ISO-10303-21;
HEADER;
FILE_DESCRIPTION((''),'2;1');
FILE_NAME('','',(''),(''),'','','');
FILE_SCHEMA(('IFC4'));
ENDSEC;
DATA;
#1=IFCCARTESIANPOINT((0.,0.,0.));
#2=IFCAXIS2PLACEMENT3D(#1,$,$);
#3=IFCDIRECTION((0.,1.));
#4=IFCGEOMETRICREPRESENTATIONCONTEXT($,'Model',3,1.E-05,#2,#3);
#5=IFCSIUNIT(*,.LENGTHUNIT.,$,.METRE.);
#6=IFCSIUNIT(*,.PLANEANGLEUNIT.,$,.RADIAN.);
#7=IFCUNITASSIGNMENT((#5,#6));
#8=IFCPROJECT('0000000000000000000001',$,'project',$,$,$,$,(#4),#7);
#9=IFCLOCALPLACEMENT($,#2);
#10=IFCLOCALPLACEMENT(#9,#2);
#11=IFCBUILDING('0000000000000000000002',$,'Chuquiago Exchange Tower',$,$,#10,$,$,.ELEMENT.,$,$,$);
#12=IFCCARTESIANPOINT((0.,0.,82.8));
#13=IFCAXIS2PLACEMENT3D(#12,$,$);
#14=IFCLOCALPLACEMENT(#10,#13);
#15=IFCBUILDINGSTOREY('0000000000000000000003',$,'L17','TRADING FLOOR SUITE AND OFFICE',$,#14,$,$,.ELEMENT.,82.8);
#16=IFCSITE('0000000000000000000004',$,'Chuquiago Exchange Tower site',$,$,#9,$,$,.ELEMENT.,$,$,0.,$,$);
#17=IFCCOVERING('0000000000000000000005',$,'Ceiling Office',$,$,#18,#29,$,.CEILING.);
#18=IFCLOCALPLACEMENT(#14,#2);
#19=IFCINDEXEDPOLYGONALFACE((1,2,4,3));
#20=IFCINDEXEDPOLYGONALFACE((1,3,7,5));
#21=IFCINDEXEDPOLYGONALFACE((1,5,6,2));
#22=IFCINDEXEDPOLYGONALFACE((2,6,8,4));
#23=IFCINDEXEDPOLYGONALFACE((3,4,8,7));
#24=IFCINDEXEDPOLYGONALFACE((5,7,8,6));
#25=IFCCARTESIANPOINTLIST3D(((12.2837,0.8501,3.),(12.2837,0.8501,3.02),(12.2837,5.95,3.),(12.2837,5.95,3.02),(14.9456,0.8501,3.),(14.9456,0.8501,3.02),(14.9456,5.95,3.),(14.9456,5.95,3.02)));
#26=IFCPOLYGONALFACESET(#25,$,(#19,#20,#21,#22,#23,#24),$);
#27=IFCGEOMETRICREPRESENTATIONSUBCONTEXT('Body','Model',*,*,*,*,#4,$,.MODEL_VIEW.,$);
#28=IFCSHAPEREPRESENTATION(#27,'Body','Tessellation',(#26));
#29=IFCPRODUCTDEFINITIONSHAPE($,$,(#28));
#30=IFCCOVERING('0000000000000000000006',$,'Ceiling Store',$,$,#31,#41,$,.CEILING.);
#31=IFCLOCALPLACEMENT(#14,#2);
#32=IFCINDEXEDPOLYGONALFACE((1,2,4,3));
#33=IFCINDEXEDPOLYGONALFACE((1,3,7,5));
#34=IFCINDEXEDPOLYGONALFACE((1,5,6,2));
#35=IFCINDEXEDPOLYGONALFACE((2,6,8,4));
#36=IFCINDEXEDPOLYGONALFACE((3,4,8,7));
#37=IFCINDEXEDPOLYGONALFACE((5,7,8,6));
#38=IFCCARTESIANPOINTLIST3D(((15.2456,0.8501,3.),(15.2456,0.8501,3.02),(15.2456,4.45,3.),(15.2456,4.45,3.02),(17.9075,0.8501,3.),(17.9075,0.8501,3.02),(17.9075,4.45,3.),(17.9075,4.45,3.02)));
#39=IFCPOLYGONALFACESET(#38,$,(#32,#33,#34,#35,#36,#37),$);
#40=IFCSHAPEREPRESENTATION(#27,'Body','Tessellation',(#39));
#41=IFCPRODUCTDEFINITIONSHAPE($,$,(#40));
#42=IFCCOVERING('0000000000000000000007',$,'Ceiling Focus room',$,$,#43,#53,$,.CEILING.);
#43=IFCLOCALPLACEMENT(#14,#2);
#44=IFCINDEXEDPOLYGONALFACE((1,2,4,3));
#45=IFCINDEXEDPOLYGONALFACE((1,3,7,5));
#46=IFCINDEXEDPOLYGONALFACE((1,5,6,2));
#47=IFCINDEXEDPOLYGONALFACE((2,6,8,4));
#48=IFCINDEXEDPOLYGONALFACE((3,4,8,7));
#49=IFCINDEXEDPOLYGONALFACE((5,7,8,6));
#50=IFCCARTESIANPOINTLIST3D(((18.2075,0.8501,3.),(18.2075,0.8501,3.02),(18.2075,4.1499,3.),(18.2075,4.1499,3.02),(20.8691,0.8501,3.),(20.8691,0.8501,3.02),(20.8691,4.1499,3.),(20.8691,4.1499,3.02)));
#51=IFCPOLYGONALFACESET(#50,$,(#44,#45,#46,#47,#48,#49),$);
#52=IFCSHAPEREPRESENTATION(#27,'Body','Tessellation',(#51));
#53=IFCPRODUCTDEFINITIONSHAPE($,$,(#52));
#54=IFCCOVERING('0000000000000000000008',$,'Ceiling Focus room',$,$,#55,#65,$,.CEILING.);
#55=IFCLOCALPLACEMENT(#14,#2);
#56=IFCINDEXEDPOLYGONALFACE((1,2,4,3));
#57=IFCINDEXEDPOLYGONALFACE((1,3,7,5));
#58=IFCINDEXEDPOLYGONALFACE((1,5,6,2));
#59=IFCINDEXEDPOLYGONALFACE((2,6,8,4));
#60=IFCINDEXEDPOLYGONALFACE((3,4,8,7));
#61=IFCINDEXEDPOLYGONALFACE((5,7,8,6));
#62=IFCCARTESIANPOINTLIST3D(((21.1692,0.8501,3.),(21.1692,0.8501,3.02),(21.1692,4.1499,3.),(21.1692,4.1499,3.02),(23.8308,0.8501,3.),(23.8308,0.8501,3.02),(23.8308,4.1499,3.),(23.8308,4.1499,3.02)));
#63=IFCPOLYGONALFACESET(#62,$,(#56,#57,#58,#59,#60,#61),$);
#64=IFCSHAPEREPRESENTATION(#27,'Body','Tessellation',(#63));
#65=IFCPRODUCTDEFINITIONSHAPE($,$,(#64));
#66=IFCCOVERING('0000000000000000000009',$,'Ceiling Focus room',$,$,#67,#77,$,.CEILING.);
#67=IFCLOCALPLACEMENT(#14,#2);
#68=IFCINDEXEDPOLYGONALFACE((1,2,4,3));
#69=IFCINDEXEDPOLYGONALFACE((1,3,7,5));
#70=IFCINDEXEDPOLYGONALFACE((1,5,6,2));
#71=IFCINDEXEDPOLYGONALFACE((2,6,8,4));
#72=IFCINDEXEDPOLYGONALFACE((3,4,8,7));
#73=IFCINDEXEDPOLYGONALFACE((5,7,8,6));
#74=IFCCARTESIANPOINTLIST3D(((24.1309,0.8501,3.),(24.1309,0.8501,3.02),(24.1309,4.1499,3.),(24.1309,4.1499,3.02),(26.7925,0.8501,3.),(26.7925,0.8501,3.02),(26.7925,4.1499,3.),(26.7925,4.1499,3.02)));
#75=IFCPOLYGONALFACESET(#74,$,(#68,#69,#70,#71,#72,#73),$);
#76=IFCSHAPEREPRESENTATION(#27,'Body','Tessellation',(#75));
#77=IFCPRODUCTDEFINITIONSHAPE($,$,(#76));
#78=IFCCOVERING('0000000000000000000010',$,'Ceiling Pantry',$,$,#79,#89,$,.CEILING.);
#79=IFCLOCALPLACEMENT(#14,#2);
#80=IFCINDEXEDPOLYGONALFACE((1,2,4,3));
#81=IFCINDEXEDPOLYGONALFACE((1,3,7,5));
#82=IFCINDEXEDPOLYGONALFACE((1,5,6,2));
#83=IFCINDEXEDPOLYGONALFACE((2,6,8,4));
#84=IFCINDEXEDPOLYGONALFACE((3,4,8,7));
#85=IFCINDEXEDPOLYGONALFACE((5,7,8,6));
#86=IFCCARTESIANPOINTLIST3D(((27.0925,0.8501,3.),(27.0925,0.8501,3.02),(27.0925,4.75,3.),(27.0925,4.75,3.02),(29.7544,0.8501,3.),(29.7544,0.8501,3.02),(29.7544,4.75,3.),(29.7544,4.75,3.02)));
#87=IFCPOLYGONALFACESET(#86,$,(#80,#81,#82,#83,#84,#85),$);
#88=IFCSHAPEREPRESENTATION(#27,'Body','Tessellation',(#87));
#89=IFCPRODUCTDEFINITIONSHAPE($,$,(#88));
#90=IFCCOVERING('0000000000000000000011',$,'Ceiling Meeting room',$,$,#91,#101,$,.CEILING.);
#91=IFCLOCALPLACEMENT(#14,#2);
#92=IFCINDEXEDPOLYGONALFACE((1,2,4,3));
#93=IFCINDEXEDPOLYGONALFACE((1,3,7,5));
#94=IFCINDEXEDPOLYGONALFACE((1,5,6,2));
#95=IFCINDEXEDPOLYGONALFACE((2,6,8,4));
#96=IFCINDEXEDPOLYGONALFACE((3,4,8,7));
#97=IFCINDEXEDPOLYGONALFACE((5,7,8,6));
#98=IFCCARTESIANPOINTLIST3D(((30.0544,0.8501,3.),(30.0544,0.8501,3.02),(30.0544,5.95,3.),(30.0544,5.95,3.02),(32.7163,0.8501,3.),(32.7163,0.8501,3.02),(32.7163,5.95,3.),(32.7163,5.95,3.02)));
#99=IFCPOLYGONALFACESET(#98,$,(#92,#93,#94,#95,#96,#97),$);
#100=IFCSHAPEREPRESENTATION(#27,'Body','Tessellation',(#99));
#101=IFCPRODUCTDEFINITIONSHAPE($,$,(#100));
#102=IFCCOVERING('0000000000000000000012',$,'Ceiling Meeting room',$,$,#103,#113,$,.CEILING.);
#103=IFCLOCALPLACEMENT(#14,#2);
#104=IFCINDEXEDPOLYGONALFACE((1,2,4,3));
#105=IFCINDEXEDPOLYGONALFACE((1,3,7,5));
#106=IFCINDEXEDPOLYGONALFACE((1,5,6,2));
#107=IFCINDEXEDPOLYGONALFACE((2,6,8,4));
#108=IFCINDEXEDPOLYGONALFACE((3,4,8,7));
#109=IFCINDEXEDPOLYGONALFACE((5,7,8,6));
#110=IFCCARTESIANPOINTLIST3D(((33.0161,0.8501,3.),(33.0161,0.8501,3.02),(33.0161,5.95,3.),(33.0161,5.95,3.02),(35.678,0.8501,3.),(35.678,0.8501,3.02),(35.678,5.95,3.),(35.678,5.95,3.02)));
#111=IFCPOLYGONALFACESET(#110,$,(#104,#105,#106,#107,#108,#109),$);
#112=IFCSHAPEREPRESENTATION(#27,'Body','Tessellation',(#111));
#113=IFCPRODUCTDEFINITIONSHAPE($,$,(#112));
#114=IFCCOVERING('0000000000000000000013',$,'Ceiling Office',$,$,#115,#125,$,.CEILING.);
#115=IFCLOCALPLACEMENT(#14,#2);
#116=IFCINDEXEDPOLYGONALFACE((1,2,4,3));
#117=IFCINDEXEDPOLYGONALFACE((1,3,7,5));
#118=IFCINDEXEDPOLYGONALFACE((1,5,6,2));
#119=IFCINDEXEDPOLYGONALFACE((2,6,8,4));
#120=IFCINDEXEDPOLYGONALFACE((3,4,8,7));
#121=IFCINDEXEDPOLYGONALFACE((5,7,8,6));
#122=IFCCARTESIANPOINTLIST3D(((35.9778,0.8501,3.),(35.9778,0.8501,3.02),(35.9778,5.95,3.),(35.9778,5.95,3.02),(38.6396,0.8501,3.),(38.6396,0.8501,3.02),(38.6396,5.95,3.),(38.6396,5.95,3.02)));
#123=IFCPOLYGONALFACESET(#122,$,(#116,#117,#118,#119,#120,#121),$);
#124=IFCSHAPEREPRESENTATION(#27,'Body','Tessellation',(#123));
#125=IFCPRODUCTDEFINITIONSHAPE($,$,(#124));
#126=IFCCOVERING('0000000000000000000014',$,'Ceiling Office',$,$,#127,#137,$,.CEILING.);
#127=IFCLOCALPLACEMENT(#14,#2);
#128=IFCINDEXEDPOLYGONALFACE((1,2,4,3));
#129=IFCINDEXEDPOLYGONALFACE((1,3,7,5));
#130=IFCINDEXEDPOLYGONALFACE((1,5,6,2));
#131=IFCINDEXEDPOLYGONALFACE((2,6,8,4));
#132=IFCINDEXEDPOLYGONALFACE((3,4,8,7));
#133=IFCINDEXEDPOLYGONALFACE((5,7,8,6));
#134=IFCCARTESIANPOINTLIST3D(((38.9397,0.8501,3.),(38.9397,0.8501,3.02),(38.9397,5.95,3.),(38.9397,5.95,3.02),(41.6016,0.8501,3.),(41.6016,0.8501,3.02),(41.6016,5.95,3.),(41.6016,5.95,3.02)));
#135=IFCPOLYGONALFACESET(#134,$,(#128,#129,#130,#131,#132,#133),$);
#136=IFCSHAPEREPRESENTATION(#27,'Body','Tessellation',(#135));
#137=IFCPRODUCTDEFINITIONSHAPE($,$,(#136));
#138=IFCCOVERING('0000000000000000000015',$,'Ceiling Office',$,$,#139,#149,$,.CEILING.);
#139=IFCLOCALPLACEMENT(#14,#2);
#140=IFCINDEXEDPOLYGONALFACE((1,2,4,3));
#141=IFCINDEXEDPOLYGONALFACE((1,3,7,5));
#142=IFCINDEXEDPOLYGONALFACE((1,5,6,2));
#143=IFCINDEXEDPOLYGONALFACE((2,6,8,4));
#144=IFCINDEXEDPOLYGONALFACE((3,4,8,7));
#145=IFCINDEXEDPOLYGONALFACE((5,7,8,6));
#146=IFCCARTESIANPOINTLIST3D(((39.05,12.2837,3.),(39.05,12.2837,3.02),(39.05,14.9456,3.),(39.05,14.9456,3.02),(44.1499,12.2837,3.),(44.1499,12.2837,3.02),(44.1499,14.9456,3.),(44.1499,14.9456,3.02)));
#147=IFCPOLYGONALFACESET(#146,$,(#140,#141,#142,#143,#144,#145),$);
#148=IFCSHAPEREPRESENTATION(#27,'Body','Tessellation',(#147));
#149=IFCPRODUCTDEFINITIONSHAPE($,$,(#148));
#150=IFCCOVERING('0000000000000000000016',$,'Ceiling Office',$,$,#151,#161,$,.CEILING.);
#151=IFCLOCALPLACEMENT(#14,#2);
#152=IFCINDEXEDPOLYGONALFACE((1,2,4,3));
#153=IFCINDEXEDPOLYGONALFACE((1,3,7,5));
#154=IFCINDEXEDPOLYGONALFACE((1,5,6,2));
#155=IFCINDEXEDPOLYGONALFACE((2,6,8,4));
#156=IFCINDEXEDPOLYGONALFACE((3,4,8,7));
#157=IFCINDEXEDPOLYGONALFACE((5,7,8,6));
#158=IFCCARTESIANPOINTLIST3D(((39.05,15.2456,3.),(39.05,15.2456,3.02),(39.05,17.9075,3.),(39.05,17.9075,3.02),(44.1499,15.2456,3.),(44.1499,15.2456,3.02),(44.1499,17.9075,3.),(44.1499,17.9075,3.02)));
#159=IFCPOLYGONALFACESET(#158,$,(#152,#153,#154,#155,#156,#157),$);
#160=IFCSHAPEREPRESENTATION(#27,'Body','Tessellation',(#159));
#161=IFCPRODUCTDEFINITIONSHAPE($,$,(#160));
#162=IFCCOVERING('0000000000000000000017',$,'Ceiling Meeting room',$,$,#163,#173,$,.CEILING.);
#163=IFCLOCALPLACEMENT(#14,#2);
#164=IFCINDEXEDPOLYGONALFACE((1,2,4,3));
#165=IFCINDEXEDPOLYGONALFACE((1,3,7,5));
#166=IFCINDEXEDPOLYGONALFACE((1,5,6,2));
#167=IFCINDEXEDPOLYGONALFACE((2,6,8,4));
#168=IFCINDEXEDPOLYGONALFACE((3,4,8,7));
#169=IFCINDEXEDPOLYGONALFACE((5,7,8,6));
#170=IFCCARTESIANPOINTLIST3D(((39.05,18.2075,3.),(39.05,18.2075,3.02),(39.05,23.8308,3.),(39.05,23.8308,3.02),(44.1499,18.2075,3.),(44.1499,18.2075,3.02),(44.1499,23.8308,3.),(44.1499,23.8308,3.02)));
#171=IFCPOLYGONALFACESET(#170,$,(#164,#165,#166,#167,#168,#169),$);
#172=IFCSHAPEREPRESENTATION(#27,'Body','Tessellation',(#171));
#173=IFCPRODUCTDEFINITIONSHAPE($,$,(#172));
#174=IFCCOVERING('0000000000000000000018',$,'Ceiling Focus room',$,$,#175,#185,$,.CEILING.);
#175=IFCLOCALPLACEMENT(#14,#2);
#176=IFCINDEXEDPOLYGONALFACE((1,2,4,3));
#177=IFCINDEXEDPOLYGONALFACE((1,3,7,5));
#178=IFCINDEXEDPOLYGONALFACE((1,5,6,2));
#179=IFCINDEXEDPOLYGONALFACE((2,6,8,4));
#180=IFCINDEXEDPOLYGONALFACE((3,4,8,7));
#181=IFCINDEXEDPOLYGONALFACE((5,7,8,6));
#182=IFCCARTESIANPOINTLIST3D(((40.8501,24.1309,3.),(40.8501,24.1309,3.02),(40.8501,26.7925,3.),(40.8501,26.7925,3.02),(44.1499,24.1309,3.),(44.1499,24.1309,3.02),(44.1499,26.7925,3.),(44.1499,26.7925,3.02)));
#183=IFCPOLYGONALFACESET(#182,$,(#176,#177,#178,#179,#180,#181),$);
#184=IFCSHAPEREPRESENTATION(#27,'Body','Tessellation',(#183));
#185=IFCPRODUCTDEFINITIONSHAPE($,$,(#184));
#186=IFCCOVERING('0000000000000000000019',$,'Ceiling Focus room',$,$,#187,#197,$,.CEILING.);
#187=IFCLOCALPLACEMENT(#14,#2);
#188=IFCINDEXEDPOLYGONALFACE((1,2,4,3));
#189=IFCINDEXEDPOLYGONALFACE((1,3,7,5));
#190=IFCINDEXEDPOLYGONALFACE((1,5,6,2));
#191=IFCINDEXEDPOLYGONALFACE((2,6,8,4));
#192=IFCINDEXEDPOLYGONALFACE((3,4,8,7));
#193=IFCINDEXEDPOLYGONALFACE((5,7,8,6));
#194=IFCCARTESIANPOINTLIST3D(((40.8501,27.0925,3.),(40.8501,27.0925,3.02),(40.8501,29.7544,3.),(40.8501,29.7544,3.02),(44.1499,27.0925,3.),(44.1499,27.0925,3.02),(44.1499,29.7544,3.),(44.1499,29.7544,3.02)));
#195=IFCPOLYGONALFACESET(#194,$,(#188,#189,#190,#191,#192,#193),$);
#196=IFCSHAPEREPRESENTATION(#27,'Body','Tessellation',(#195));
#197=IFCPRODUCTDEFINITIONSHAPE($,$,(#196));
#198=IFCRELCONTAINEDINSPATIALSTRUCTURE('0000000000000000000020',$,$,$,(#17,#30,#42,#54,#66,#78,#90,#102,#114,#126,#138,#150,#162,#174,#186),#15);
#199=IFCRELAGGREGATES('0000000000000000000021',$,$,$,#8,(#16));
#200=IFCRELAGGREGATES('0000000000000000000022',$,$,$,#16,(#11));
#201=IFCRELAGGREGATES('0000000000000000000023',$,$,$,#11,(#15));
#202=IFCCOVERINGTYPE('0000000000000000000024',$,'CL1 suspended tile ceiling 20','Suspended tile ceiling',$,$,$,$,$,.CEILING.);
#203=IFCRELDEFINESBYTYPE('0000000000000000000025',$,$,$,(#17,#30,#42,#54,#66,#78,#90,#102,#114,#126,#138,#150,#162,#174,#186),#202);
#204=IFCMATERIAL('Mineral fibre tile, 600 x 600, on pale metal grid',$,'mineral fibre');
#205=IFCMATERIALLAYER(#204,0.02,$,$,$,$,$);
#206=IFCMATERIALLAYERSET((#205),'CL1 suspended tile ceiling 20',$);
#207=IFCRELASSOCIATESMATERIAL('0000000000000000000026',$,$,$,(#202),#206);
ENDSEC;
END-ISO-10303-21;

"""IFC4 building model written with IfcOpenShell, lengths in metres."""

from ifc_helpers import new_model, si_unit, direction, frame, origin, place, context, subcontext, project, spatial, polyline, outline, extrude, material, layer, layer_set, type_object, element, save


model = new_model("IFC4")

# Units and contexts
model_context = context("Model", 3, precision=1e-05, world=origin(), true_north=direction((0.0, 1.0)))
body_context = subcontext(model_context, "Body", "Model", "MODEL_VIEW")
ifc_project = project(units=[si_unit("LENGTHUNIT", "METRE"), si_unit("PLANEANGLEUNIT", "RADIAN")], contexts=[model_context])

# Site, building, storey
site_placement = place(None, origin())
site = spatial("IfcSite", under=ifc_project, at=site_placement, Name="Chuquiago Exchange Tower site", CompositionType="ELEMENT", RefElevation=0.0)
building_placement = place(site_placement, origin())
building = spatial("IfcBuilding", under=site, at=building_placement, Name="Chuquiago Exchange Tower", CompositionType="ELEMENT")
storey_placement = place(building_placement, frame((0.0, 0.0, 82.8)))
storey = spatial("IfcBuildingStorey", under=building, at=storey_placement, Name="L17", Description="TRADING FLOOR SUITE AND OFFICE", CompositionType="ELEMENT", Elevation=82.8)

# Coverings
ifc_material_1 = material(Name="Mineral fibre tile, 600 x 600, on pale metal grid", Category="mineral fibre")
ifc_layer_1 = layer(ifc_material_1, 0.02)
ifc_layer_set_1 = layer_set([ifc_layer_1], Name="CL1 suspended tile ceiling 20")
covering_type_1 = type_object("IfcCoveringType", Name="CL1 suspended tile ceiling 20", Description="Suspended tile ceiling", PredefinedType="CEILING", material=ifc_layer_set_1)
covering_1_placement = place(storey_placement, frame((0.0, 0.0, 3.0)))
element("IfcCovering", 1, at=covering_1_placement, inside=storey, type_object=covering_type_1, Name="Ceiling Office", PredefinedType="CEILING", context=body_context, shape_type="SweptSolid", body=[
    extrude(outline(polyline([(12.2837, 5.95), (14.9456, 5.95), (14.9456, 0.8501), (12.2837, 0.8501), (12.2837, 5.95)])), origin(), (0.0, 0.0, 1.0), 0.02),
])
covering_2_placement = place(storey_placement, frame((0.0, 0.0, 3.0)))
element("IfcCovering", 2, at=covering_2_placement, inside=storey, type_object=covering_type_1, Name="Ceiling Store", PredefinedType="CEILING", context=body_context, shape_type="SweptSolid", body=[
    extrude(outline(polyline([(15.2456, 4.45), (17.9075, 4.45), (17.9075, 0.8501), (15.2456, 0.8501), (15.2456, 4.45)])), origin(), (0.0, 0.0, 1.0), 0.02),
])
covering_3_placement = place(storey_placement, frame((0.0, 0.0, 3.0)))
element("IfcCovering", 3, at=covering_3_placement, inside=storey, type_object=covering_type_1, Name="Ceiling Focus room", PredefinedType="CEILING", context=body_context, shape_type="SweptSolid", body=[
    extrude(outline(polyline([(18.2075, 4.1499), (20.8691, 4.1499), (20.8691, 0.8501), (18.2075, 0.8501), (18.2075, 4.1499)])), origin(), (0.0, 0.0, 1.0), 0.02),
])
covering_4_placement = place(storey_placement, frame((0.0, 0.0, 3.0)))
element("IfcCovering", 4, at=covering_4_placement, inside=storey, type_object=covering_type_1, Name="Ceiling Focus room", PredefinedType="CEILING", context=body_context, shape_type="SweptSolid", body=[
    extrude(outline(polyline([(21.1692, 4.1499), (23.8308, 4.1499), (23.8308, 0.8501), (21.1692, 0.8501), (21.1692, 4.1499)])), origin(), (0.0, 0.0, 1.0), 0.02),
])
covering_5_placement = place(storey_placement, frame((0.0, 0.0, 3.0)))
element("IfcCovering", 5, at=covering_5_placement, inside=storey, type_object=covering_type_1, Name="Ceiling Focus room", PredefinedType="CEILING", context=body_context, shape_type="SweptSolid", body=[
    extrude(outline(polyline([(24.1309, 4.1499), (26.7925, 4.1499), (26.7925, 0.8501), (24.1309, 0.8501), (24.1309, 4.1499)])), origin(), (0.0, 0.0, 1.0), 0.02),
])
covering_6_placement = place(storey_placement, frame((0.0, 0.0, 3.0)))
element("IfcCovering", 6, at=covering_6_placement, inside=storey, type_object=covering_type_1, Name="Ceiling Pantry", PredefinedType="CEILING", context=body_context, shape_type="SweptSolid", body=[
    extrude(outline(polyline([(27.0925, 4.75), (29.7544, 4.75), (29.7544, 0.8501), (27.0925, 0.8501), (27.0925, 4.75)])), origin(), (0.0, 0.0, 1.0), 0.02),
])
covering_7_placement = place(storey_placement, frame((0.0, 0.0, 3.0)))
element("IfcCovering", 7, at=covering_7_placement, inside=storey, type_object=covering_type_1, Name="Ceiling Meeting room", PredefinedType="CEILING", context=body_context, shape_type="SweptSolid", body=[
    extrude(outline(polyline([(30.0544, 5.95), (32.7163, 5.95), (32.7163, 0.8501), (30.0544, 0.8501), (30.0544, 5.95)])), origin(), (0.0, 0.0, 1.0), 0.02),
])
covering_8_placement = place(storey_placement, frame((0.0, 0.0, 3.0)))
element("IfcCovering", 8, at=covering_8_placement, inside=storey, type_object=covering_type_1, Name="Ceiling Meeting room", PredefinedType="CEILING", context=body_context, shape_type="SweptSolid", body=[
    extrude(outline(polyline([(33.0161, 5.95), (35.678, 5.95), (35.678, 0.8501), (33.0161, 0.8501), (33.0161, 5.95)])), origin(), (0.0, 0.0, 1.0), 0.02),
])
covering_9_placement = place(storey_placement, frame((0.0, 0.0, 3.0)))
element("IfcCovering", 9, at=covering_9_placement, inside=storey, type_object=covering_type_1, Name="Ceiling Office", PredefinedType="CEILING", context=body_context, shape_type="SweptSolid", body=[
    extrude(outline(polyline([(35.9778, 5.95), (38.6396, 5.95), (38.6396, 0.8501), (35.9778, 0.8501), (35.9778, 5.95)])), origin(), (0.0, 0.0, 1.0), 0.02),
])
covering_10_placement = place(storey_placement, frame((0.0, 0.0, 3.0)))
element("IfcCovering", 10, at=covering_10_placement, inside=storey, type_object=covering_type_1, Name="Ceiling Office", PredefinedType="CEILING", context=body_context, shape_type="SweptSolid", body=[
    extrude(outline(polyline([(38.9397, 0.8501), (38.9397, 5.95), (41.6016, 5.95), (41.6016, 0.8501), (38.9397, 0.8501)])), origin(), (0.0, 0.0, 1.0), 0.02),
])
covering_11_placement = place(storey_placement, frame((0.0, 0.0, 3.0)))
element("IfcCovering", 11, at=covering_11_placement, inside=storey, type_object=covering_type_1, Name="Ceiling Office", PredefinedType="CEILING", context=body_context, shape_type="SweptSolid", body=[
    extrude(outline(polyline([(39.05, 12.2837), (39.05, 14.9456), (44.1499, 14.9456), (44.1499, 12.2837), (39.05, 12.2837)])), origin(), (0.0, 0.0, 1.0), 0.02),
])
covering_12_placement = place(storey_placement, frame((0.0, 0.0, 3.0)))
element("IfcCovering", 12, at=covering_12_placement, inside=storey, type_object=covering_type_1, Name="Ceiling Office", PredefinedType="CEILING", context=body_context, shape_type="SweptSolid", body=[
    extrude(outline(polyline([(39.05, 15.2456), (39.05, 17.9075), (44.1499, 17.9075), (44.1499, 15.2456), (39.05, 15.2456)])), origin(), (0.0, 0.0, 1.0), 0.02),
])
covering_13_placement = place(storey_placement, frame((0.0, 0.0, 3.0)))
element("IfcCovering", 13, at=covering_13_placement, inside=storey, type_object=covering_type_1, Name="Ceiling Meeting room", PredefinedType="CEILING", context=body_context, shape_type="SweptSolid", body=[
    extrude(outline(polyline([(39.05, 18.2075), (39.05, 23.8308), (44.1499, 23.8308), (44.1499, 18.2075), (39.05, 18.2075)])), origin(), (0.0, 0.0, 1.0), 0.02),
])
covering_14_placement = place(storey_placement, frame((0.0, 0.0, 3.0)))
element("IfcCovering", 14, at=covering_14_placement, inside=storey, type_object=covering_type_1, Name="Ceiling Focus room", PredefinedType="CEILING", context=body_context, shape_type="SweptSolid", body=[
    extrude(outline(polyline([(40.8501, 24.1309), (40.8501, 26.7925), (44.1499, 26.7925), (44.1499, 24.1309), (40.8501, 24.1309)])), origin(), (0.0, 0.0, 1.0), 0.02),
])
covering_15_placement = place(storey_placement, frame((0.0, 0.0, 3.0)))
element("IfcCovering", 15, at=covering_15_placement, inside=storey, type_object=covering_type_1, Name="Ceiling Focus room", PredefinedType="CEILING", context=body_context, shape_type="SweptSolid", body=[
    extrude(outline(polyline([(40.8501, 27.0925), (40.8501, 29.7544), (44.1499, 29.7544), (44.1499, 27.0925), (40.8501, 27.0925)])), origin(), (0.0, 0.0, 1.0), 0.02),
])

save(model, "model.ifc")
